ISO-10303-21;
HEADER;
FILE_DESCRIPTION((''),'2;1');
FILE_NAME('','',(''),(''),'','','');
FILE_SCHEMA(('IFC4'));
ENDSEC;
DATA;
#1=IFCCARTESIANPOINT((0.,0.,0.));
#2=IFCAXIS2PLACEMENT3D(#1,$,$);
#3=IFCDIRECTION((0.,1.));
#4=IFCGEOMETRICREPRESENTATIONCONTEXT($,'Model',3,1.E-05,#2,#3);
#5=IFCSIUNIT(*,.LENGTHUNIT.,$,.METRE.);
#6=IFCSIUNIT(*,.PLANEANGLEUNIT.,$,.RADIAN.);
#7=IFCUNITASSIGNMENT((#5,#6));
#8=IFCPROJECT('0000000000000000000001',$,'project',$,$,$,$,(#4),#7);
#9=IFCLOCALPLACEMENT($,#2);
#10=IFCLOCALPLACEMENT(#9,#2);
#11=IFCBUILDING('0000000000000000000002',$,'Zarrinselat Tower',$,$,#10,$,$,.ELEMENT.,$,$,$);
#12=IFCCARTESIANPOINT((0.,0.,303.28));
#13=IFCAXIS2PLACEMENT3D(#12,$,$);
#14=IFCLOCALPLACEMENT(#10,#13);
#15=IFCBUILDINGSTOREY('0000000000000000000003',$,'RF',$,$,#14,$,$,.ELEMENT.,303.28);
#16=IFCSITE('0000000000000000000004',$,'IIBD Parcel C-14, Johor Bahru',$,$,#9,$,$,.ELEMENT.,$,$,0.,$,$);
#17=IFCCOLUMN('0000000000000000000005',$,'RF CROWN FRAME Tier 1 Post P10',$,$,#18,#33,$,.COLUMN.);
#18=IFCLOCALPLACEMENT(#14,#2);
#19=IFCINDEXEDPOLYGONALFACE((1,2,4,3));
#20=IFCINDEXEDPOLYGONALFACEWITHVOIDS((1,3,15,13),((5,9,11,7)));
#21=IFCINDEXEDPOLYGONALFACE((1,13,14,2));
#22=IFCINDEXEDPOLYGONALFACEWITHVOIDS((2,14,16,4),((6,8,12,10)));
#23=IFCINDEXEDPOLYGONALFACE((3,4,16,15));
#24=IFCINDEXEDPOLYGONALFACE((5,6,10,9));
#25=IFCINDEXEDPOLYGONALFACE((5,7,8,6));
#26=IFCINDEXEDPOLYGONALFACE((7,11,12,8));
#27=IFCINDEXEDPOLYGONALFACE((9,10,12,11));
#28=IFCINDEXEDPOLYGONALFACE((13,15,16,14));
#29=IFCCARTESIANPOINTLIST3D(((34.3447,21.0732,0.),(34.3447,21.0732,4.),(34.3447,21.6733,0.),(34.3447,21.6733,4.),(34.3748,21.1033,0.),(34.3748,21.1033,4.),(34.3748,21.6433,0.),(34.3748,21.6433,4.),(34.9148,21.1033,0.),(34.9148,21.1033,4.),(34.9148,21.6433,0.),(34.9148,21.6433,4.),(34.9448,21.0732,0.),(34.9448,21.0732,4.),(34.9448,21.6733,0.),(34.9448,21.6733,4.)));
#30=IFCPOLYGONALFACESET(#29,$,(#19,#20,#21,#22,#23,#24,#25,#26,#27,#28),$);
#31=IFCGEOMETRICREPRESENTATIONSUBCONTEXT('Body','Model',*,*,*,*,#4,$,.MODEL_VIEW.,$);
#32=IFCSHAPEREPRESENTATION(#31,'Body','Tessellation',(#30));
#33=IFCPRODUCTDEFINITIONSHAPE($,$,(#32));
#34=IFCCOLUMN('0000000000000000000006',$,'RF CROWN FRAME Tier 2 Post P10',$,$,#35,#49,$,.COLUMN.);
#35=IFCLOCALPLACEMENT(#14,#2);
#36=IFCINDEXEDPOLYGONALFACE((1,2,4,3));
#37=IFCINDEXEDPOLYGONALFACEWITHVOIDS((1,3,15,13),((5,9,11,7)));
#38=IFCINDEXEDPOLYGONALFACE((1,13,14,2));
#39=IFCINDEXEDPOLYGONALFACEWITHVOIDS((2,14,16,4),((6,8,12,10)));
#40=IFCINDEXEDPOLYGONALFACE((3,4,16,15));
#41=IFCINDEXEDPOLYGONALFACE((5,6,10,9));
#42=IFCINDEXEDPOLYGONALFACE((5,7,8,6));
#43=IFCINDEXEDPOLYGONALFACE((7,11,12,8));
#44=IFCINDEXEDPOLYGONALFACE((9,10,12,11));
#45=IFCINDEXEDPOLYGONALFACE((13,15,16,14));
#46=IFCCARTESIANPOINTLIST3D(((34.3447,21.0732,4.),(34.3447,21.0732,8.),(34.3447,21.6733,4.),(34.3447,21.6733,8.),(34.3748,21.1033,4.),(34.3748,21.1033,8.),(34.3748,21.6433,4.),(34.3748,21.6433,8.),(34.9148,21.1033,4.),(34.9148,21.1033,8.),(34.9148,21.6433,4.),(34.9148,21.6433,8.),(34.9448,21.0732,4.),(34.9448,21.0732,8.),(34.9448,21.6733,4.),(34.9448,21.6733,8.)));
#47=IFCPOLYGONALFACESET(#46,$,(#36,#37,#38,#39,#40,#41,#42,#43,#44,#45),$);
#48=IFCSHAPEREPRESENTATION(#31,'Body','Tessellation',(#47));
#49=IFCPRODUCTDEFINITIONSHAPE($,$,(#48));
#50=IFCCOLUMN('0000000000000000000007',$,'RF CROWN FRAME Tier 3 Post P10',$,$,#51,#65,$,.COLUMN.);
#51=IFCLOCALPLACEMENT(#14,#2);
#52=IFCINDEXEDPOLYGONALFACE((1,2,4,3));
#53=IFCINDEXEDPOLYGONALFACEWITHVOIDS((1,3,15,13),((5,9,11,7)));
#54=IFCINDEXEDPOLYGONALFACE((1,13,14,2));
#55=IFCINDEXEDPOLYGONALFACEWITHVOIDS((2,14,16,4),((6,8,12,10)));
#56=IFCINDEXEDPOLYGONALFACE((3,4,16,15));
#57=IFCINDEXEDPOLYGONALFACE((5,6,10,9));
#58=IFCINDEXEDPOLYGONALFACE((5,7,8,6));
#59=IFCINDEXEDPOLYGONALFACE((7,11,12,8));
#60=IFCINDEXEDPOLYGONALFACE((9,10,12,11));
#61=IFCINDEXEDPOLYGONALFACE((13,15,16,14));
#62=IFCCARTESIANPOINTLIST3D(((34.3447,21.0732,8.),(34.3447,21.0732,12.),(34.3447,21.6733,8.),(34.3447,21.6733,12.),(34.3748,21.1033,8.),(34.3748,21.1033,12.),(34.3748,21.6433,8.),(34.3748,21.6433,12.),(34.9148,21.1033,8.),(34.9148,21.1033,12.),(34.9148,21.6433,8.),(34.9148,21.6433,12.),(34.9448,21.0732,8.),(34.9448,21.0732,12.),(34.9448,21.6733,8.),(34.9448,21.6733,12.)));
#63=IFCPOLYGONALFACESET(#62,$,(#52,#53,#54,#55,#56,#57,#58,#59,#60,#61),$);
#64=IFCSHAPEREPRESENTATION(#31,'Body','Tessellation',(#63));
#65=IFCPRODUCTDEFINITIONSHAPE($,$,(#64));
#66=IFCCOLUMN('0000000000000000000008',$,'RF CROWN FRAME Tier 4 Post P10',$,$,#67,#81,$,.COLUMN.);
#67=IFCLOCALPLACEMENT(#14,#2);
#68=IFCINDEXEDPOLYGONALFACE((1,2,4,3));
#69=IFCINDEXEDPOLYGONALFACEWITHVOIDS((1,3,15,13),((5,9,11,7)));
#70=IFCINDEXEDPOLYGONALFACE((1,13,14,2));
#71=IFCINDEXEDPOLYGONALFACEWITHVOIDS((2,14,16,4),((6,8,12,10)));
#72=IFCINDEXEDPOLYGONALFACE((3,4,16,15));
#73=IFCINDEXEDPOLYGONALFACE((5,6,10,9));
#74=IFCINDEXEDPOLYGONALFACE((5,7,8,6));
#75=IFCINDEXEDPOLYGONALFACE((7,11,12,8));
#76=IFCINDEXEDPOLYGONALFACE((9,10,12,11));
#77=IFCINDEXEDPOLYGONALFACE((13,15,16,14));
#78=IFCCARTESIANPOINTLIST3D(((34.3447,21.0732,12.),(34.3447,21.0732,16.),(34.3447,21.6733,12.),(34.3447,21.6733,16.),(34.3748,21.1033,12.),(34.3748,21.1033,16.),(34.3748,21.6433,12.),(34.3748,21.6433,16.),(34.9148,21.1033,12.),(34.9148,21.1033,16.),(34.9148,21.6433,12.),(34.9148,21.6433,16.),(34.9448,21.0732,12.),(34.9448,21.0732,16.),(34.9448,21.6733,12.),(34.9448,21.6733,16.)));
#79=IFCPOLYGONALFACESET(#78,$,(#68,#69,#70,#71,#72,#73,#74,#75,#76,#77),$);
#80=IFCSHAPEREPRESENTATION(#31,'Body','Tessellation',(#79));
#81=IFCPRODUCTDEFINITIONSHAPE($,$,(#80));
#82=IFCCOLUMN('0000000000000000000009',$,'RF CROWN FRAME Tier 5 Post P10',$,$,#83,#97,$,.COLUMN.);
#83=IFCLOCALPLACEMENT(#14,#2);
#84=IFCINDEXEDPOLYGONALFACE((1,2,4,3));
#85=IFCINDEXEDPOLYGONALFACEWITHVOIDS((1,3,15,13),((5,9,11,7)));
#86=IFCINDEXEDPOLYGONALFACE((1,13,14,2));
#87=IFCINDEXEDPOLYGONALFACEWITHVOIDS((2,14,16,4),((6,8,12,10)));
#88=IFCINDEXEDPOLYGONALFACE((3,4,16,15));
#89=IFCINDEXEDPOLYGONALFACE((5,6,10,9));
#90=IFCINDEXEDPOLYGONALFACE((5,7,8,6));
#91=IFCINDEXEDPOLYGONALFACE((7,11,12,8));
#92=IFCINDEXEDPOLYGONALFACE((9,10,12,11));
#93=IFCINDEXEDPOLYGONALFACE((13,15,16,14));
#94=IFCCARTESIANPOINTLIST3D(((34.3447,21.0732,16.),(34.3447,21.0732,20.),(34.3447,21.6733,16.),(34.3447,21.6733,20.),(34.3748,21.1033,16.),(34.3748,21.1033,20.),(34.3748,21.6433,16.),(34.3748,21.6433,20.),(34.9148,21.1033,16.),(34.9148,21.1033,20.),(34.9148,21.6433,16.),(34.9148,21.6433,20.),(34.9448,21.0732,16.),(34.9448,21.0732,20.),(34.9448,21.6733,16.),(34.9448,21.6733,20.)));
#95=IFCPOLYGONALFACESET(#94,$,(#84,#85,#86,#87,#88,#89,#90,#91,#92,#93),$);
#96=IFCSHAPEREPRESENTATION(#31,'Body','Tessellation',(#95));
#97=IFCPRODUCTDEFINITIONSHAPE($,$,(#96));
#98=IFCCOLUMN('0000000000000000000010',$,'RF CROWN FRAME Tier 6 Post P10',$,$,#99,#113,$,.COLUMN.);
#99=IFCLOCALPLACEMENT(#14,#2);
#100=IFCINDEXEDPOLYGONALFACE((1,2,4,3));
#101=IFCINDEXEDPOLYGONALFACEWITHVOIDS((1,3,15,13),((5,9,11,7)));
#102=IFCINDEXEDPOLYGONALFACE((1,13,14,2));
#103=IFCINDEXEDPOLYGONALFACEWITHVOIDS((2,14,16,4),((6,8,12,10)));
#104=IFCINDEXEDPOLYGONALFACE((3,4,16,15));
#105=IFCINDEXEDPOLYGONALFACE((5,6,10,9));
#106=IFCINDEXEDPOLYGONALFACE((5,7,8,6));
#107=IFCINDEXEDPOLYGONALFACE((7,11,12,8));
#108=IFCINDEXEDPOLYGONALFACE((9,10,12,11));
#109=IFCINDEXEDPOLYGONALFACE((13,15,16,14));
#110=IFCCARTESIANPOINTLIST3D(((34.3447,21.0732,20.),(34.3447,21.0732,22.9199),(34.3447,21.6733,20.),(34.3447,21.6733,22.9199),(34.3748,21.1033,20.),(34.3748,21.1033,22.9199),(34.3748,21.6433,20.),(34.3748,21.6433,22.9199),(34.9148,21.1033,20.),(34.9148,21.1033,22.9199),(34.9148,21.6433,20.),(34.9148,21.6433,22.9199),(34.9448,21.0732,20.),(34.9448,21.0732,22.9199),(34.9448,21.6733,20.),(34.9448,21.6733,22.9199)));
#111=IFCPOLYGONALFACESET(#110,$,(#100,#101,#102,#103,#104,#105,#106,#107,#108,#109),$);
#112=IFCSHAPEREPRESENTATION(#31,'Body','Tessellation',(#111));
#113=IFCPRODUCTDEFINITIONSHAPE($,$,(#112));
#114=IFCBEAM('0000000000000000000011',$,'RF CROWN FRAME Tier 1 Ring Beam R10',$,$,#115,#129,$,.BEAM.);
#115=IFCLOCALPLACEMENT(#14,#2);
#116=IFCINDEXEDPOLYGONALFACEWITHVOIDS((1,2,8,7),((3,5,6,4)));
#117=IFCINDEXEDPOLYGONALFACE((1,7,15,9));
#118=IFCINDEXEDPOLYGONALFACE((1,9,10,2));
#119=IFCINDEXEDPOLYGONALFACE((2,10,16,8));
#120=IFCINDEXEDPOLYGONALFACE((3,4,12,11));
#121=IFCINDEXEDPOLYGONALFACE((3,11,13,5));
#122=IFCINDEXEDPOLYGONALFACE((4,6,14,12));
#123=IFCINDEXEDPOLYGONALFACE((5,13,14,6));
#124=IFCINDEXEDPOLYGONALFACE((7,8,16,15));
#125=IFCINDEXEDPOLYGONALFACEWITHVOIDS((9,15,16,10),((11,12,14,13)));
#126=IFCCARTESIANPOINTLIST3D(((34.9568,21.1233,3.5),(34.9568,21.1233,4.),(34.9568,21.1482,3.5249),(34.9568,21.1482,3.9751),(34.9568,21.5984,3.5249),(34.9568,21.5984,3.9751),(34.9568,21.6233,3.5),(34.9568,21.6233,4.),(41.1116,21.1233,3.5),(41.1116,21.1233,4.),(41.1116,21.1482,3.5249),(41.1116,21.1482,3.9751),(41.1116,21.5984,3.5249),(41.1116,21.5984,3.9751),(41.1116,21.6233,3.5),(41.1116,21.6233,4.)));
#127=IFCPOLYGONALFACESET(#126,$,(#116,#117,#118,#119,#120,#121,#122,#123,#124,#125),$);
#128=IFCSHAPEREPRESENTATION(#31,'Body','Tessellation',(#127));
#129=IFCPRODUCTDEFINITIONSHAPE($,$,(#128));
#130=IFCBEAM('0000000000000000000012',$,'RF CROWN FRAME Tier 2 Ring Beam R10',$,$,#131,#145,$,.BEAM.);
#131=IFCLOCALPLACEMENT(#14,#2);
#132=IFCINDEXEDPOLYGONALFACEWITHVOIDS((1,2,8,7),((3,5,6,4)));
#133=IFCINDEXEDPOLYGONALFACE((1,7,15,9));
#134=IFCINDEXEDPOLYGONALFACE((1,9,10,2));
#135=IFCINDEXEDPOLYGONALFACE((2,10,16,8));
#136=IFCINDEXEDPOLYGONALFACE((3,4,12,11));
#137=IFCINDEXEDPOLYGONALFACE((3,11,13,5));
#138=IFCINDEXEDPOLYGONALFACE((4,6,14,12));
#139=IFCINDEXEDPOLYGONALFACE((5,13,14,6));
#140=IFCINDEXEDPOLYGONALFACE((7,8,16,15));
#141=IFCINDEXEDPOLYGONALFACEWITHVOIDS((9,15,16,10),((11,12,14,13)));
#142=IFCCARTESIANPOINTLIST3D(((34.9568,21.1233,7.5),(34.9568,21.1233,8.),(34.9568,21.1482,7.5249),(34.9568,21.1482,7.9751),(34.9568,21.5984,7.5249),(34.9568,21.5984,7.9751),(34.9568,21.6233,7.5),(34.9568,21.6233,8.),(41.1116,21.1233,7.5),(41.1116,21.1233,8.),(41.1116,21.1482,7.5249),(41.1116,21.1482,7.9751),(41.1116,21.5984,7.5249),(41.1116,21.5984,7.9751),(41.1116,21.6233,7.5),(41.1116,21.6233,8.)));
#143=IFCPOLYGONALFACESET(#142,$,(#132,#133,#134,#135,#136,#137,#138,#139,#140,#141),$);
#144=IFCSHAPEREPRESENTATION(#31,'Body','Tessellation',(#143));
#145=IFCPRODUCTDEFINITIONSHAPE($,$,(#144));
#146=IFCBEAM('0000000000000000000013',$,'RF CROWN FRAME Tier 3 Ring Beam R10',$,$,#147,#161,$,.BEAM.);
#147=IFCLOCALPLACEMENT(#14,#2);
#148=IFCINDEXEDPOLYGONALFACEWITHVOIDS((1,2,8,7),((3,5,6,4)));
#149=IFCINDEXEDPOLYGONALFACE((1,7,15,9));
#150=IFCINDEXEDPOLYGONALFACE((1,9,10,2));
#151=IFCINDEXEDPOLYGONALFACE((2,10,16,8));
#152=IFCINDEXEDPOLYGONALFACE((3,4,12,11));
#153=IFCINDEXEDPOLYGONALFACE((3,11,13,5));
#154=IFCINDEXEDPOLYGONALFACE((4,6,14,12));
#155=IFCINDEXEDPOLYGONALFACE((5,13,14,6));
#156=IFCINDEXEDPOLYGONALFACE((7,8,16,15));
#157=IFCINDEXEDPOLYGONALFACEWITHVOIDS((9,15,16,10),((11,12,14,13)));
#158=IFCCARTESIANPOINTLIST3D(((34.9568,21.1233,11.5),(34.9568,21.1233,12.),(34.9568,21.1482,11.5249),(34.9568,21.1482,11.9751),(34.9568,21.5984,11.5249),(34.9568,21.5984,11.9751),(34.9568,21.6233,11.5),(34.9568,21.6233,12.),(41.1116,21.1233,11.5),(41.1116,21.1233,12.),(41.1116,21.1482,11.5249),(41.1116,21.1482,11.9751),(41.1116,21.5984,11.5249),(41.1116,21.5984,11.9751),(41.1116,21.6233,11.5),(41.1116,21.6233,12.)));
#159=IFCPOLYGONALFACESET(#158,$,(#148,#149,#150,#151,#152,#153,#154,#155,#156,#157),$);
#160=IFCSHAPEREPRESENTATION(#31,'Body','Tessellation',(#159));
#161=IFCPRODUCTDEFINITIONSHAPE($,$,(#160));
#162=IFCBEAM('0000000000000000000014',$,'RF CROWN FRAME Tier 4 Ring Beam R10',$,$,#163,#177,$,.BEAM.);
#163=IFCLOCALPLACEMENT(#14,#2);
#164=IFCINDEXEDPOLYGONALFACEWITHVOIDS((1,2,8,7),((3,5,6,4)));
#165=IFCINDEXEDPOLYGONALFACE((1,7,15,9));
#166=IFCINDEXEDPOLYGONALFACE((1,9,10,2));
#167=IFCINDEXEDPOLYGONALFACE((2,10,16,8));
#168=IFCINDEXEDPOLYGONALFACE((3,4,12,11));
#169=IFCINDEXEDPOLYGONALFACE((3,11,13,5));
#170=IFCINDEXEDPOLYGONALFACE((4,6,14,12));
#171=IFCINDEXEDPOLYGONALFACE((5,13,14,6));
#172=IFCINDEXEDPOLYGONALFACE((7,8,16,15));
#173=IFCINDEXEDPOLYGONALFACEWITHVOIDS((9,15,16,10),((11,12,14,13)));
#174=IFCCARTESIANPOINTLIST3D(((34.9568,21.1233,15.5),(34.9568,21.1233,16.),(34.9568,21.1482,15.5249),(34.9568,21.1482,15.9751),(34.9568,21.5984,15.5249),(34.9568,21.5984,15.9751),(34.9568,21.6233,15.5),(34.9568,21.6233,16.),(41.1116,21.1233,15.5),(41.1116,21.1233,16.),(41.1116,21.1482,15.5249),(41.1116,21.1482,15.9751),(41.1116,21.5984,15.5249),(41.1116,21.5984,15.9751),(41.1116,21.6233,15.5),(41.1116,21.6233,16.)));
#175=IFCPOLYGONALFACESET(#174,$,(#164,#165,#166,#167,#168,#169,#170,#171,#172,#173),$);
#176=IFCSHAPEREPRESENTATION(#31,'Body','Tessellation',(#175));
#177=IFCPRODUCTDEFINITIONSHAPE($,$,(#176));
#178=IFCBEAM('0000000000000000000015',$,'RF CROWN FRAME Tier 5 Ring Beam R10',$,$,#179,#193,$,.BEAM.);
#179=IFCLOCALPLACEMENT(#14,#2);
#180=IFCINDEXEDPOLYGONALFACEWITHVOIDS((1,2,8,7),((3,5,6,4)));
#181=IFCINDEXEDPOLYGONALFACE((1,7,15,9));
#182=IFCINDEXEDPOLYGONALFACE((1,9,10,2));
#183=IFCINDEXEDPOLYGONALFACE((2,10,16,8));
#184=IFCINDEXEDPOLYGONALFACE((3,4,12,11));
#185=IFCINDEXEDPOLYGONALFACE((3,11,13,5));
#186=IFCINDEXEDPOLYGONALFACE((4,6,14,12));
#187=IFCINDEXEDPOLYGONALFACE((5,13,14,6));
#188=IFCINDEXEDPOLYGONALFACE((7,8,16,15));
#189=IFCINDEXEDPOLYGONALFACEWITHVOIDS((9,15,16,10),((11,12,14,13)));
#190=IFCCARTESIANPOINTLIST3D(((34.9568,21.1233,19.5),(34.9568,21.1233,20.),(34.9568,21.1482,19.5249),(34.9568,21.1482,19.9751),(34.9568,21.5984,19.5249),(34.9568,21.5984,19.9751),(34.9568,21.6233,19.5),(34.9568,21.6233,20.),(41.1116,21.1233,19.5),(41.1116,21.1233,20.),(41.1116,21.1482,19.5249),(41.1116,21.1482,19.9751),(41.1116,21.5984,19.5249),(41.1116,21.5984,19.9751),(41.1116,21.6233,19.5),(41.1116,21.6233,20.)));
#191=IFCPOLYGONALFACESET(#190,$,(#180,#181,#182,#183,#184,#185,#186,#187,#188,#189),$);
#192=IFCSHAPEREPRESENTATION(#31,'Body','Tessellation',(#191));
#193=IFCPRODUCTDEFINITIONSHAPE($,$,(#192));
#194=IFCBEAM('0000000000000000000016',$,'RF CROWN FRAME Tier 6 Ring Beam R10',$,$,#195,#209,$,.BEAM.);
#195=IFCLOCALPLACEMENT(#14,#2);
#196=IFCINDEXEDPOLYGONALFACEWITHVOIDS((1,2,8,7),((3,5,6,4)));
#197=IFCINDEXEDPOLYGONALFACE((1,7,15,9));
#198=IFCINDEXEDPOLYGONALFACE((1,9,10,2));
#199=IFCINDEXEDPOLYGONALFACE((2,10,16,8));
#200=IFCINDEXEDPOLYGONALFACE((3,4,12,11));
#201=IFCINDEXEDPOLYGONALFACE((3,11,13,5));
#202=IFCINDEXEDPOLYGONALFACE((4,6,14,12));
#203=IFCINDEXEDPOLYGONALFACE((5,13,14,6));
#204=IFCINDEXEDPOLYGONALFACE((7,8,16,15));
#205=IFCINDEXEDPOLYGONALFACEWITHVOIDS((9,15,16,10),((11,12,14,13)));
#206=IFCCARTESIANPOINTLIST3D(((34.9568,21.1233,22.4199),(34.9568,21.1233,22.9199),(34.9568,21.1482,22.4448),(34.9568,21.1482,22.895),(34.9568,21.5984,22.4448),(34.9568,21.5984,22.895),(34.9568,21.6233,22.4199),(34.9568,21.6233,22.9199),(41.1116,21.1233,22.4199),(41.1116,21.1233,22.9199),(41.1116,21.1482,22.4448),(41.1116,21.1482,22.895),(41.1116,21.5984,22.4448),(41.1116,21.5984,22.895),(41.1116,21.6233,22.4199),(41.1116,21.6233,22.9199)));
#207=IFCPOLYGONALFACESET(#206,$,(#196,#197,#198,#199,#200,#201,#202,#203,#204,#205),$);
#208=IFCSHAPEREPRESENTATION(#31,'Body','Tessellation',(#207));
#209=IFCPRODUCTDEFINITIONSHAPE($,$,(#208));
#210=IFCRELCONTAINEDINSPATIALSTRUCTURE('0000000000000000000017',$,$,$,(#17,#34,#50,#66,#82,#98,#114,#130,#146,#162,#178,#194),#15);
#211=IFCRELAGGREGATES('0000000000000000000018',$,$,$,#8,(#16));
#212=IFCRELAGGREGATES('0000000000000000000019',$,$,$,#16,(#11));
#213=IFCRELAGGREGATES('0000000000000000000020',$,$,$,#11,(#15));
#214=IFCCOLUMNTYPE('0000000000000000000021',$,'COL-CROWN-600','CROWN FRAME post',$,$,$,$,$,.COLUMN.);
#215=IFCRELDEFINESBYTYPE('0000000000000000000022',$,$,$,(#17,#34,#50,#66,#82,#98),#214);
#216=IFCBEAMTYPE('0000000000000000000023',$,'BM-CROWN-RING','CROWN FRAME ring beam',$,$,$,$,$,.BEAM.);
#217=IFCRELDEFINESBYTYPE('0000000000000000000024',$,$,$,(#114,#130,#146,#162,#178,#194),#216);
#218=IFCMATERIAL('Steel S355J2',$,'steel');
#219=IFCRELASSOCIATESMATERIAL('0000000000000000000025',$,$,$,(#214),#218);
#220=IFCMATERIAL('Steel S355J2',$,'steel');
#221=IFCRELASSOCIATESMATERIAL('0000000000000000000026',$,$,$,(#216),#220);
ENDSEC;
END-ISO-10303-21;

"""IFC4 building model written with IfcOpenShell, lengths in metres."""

from ifc_helpers import new_model, si_unit, direction, frame, origin, origin_2d, place, context, subcontext, project, spatial, hollow_rectangle, extrude, material, material_profile, profile_set, type_object, element, save


model = new_model("IFC4")

# Units and contexts
model_context = context("Model", 3, precision=1e-05, world=origin(), true_north=direction((0.0, 1.0)))
body_context = subcontext(model_context, "Body", "Model", "MODEL_VIEW")
ifc_project = project(units=[si_unit("LENGTHUNIT", "METRE"), si_unit("PLANEANGLEUNIT", "RADIAN")], contexts=[model_context])

# Site, building, storey
site_placement = place(None, origin())
site = spatial("IfcSite", under=ifc_project, at=site_placement, Name="IIBD Parcel C-14, Johor Bahru", CompositionType="ELEMENT", RefElevation=0.0)
building_placement = place(site_placement, origin())
building = spatial("IfcBuilding", under=site, at=building_placement, Name="Zarrinselat Tower", CompositionType="ELEMENT")
storey_placement = place(building_placement, frame((0.0, 0.0, 303.28)))
storey = spatial("IfcBuildingStorey", under=building, at=storey_placement, Name="RF", CompositionType="ELEMENT", Elevation=303.28)

# Columns
ifc_material_1 = material(Name="Steel S355J2", Category="steel")
ifc_material_profile_1 = material_profile(ifc_material_1, hollow_rectangle(XDim=0.6001, YDim=0.6001, WallThickness=0.03, at=origin_2d()), Name="SHS 600x600x30")
ifc_profile_set_1 = profile_set([ifc_material_profile_1], Name="Steel S355J2")
column_type = type_object("IfcColumnType", Name="COL-CROWN-600", Description="CROWN FRAME post", PredefinedType="COLUMN", material=ifc_profile_set_1)
for number, where, z_axis, x_axis, name in (
    (1, (34.6448, 21.3733, 0.0), (0.0, 0.0, 1.0), (1.0, 0.0, 0.0), "RF CROWN FRAME Tier 1 Post P10"),
    (2, (34.6448, 21.3733, 4.0), (0.0, 0.0, 1.0), (1.0, 0.0, 0.0), "RF CROWN FRAME Tier 2 Post P10"),
    (3, (34.6448, 21.3733, 8.0), (0.0, 0.0, 1.0), (1.0, 0.0, 0.0), "RF CROWN FRAME Tier 3 Post P10"),
    (4, (34.6448, 21.3733, 12.0), (0.0, 0.0, 1.0), (1.0, 0.0, 0.0), "RF CROWN FRAME Tier 4 Post P10"),
    (5, (34.6448, 21.3733, 16.0), (0.0, 0.0, 1.0), (1.0, 0.0, 0.0), "RF CROWN FRAME Tier 5 Post P10"),
):
    element("IfcColumn", number, at=place(storey_placement, frame(where, z_axis=z_axis, x_axis=x_axis)), inside=storey, type_object=column_type, Name=name, PredefinedType="COLUMN", context=body_context, shape_type="SweptSolid", body=[
        extrude(hollow_rectangle(XDim=0.6001, YDim=0.6001, WallThickness=0.03, at=origin_2d()), origin(), (0.0, 0.0, 1.0), 4.0),
    ])
column_placement = place(storey_placement, frame((34.6448, 21.3733, 20.0), z_axis=(0.0, 0.0, 1.0), x_axis=(1.0, 0.0, 0.0)))
element("IfcColumn", 6, at=column_placement, inside=storey, type_object=column_type, Name="RF CROWN FRAME Tier 6 Post P10", PredefinedType="COLUMN", context=body_context, shape_type="SweptSolid", body=[
    extrude(hollow_rectangle(XDim=0.6001, YDim=0.6001, WallThickness=0.03, at=origin_2d()), origin(), (0.0, 0.0, 1.0), 2.9199),
])

# Beams
ifc_material_2 = material(Name="Steel S355J2", Category="steel")
ifc_material_profile_2 = material_profile(ifc_material_2, hollow_rectangle(XDim=0.5, YDim=0.5, WallThickness=0.0249, at=origin_2d()), Name="SHS 500x500x25")
ifc_profile_set_2 = profile_set([ifc_material_profile_2], Name="Steel S355J2")
beam_type = type_object("IfcBeamType", Name="BM-CROWN-RING", Description="CROWN FRAME ring beam", PredefinedType="BEAM", material=ifc_profile_set_2)
for number, where, z_axis, x_axis, name in (
    (7, (34.9568, 21.3733, 3.75), (1.0, 0.0, 0.0), (0.0, 1.0, 0.0), "RF CROWN FRAME Tier 1 Ring Beam R10"),
    (8, (34.9568, 21.3733, 7.75), (1.0, 0.0, 0.0), (0.0, 1.0, 0.0), "RF CROWN FRAME Tier 2 Ring Beam R10"),
    (9, (34.9568, 21.3733, 11.75), (1.0, 0.0, 0.0), (0.0, 1.0, 0.0), "RF CROWN FRAME Tier 3 Ring Beam R10"),
    (10, (34.9568, 21.3733, 15.75), (1.0, 0.0, 0.0), (0.0, 1.0, 0.0), "RF CROWN FRAME Tier 4 Ring Beam R10"),
    (11, (34.9568, 21.3733, 19.75), (1.0, 0.0, 0.0), (0.0, 1.0, 0.0), "RF CROWN FRAME Tier 5 Ring Beam R10"),
    (12, (34.9568, 21.3733, 22.6699), (1.0, 0.0, 0.0), (0.0, 1.0, 0.0), "RF CROWN FRAME Tier 6 Ring Beam R10"),
):
    element("IfcBeam", number, at=place(storey_placement, frame(where, z_axis=z_axis, x_axis=x_axis)), inside=storey, type_object=beam_type, Name=name, PredefinedType="BEAM", context=body_context, shape_type="SweptSolid", body=[
        extrude(hollow_rectangle(XDim=0.5, YDim=0.5, WallThickness=0.0249, at=origin_2d()), origin(), (0.0, 0.0, 1.0), 6.1548),
    ])

save(model, "model.ifc")
